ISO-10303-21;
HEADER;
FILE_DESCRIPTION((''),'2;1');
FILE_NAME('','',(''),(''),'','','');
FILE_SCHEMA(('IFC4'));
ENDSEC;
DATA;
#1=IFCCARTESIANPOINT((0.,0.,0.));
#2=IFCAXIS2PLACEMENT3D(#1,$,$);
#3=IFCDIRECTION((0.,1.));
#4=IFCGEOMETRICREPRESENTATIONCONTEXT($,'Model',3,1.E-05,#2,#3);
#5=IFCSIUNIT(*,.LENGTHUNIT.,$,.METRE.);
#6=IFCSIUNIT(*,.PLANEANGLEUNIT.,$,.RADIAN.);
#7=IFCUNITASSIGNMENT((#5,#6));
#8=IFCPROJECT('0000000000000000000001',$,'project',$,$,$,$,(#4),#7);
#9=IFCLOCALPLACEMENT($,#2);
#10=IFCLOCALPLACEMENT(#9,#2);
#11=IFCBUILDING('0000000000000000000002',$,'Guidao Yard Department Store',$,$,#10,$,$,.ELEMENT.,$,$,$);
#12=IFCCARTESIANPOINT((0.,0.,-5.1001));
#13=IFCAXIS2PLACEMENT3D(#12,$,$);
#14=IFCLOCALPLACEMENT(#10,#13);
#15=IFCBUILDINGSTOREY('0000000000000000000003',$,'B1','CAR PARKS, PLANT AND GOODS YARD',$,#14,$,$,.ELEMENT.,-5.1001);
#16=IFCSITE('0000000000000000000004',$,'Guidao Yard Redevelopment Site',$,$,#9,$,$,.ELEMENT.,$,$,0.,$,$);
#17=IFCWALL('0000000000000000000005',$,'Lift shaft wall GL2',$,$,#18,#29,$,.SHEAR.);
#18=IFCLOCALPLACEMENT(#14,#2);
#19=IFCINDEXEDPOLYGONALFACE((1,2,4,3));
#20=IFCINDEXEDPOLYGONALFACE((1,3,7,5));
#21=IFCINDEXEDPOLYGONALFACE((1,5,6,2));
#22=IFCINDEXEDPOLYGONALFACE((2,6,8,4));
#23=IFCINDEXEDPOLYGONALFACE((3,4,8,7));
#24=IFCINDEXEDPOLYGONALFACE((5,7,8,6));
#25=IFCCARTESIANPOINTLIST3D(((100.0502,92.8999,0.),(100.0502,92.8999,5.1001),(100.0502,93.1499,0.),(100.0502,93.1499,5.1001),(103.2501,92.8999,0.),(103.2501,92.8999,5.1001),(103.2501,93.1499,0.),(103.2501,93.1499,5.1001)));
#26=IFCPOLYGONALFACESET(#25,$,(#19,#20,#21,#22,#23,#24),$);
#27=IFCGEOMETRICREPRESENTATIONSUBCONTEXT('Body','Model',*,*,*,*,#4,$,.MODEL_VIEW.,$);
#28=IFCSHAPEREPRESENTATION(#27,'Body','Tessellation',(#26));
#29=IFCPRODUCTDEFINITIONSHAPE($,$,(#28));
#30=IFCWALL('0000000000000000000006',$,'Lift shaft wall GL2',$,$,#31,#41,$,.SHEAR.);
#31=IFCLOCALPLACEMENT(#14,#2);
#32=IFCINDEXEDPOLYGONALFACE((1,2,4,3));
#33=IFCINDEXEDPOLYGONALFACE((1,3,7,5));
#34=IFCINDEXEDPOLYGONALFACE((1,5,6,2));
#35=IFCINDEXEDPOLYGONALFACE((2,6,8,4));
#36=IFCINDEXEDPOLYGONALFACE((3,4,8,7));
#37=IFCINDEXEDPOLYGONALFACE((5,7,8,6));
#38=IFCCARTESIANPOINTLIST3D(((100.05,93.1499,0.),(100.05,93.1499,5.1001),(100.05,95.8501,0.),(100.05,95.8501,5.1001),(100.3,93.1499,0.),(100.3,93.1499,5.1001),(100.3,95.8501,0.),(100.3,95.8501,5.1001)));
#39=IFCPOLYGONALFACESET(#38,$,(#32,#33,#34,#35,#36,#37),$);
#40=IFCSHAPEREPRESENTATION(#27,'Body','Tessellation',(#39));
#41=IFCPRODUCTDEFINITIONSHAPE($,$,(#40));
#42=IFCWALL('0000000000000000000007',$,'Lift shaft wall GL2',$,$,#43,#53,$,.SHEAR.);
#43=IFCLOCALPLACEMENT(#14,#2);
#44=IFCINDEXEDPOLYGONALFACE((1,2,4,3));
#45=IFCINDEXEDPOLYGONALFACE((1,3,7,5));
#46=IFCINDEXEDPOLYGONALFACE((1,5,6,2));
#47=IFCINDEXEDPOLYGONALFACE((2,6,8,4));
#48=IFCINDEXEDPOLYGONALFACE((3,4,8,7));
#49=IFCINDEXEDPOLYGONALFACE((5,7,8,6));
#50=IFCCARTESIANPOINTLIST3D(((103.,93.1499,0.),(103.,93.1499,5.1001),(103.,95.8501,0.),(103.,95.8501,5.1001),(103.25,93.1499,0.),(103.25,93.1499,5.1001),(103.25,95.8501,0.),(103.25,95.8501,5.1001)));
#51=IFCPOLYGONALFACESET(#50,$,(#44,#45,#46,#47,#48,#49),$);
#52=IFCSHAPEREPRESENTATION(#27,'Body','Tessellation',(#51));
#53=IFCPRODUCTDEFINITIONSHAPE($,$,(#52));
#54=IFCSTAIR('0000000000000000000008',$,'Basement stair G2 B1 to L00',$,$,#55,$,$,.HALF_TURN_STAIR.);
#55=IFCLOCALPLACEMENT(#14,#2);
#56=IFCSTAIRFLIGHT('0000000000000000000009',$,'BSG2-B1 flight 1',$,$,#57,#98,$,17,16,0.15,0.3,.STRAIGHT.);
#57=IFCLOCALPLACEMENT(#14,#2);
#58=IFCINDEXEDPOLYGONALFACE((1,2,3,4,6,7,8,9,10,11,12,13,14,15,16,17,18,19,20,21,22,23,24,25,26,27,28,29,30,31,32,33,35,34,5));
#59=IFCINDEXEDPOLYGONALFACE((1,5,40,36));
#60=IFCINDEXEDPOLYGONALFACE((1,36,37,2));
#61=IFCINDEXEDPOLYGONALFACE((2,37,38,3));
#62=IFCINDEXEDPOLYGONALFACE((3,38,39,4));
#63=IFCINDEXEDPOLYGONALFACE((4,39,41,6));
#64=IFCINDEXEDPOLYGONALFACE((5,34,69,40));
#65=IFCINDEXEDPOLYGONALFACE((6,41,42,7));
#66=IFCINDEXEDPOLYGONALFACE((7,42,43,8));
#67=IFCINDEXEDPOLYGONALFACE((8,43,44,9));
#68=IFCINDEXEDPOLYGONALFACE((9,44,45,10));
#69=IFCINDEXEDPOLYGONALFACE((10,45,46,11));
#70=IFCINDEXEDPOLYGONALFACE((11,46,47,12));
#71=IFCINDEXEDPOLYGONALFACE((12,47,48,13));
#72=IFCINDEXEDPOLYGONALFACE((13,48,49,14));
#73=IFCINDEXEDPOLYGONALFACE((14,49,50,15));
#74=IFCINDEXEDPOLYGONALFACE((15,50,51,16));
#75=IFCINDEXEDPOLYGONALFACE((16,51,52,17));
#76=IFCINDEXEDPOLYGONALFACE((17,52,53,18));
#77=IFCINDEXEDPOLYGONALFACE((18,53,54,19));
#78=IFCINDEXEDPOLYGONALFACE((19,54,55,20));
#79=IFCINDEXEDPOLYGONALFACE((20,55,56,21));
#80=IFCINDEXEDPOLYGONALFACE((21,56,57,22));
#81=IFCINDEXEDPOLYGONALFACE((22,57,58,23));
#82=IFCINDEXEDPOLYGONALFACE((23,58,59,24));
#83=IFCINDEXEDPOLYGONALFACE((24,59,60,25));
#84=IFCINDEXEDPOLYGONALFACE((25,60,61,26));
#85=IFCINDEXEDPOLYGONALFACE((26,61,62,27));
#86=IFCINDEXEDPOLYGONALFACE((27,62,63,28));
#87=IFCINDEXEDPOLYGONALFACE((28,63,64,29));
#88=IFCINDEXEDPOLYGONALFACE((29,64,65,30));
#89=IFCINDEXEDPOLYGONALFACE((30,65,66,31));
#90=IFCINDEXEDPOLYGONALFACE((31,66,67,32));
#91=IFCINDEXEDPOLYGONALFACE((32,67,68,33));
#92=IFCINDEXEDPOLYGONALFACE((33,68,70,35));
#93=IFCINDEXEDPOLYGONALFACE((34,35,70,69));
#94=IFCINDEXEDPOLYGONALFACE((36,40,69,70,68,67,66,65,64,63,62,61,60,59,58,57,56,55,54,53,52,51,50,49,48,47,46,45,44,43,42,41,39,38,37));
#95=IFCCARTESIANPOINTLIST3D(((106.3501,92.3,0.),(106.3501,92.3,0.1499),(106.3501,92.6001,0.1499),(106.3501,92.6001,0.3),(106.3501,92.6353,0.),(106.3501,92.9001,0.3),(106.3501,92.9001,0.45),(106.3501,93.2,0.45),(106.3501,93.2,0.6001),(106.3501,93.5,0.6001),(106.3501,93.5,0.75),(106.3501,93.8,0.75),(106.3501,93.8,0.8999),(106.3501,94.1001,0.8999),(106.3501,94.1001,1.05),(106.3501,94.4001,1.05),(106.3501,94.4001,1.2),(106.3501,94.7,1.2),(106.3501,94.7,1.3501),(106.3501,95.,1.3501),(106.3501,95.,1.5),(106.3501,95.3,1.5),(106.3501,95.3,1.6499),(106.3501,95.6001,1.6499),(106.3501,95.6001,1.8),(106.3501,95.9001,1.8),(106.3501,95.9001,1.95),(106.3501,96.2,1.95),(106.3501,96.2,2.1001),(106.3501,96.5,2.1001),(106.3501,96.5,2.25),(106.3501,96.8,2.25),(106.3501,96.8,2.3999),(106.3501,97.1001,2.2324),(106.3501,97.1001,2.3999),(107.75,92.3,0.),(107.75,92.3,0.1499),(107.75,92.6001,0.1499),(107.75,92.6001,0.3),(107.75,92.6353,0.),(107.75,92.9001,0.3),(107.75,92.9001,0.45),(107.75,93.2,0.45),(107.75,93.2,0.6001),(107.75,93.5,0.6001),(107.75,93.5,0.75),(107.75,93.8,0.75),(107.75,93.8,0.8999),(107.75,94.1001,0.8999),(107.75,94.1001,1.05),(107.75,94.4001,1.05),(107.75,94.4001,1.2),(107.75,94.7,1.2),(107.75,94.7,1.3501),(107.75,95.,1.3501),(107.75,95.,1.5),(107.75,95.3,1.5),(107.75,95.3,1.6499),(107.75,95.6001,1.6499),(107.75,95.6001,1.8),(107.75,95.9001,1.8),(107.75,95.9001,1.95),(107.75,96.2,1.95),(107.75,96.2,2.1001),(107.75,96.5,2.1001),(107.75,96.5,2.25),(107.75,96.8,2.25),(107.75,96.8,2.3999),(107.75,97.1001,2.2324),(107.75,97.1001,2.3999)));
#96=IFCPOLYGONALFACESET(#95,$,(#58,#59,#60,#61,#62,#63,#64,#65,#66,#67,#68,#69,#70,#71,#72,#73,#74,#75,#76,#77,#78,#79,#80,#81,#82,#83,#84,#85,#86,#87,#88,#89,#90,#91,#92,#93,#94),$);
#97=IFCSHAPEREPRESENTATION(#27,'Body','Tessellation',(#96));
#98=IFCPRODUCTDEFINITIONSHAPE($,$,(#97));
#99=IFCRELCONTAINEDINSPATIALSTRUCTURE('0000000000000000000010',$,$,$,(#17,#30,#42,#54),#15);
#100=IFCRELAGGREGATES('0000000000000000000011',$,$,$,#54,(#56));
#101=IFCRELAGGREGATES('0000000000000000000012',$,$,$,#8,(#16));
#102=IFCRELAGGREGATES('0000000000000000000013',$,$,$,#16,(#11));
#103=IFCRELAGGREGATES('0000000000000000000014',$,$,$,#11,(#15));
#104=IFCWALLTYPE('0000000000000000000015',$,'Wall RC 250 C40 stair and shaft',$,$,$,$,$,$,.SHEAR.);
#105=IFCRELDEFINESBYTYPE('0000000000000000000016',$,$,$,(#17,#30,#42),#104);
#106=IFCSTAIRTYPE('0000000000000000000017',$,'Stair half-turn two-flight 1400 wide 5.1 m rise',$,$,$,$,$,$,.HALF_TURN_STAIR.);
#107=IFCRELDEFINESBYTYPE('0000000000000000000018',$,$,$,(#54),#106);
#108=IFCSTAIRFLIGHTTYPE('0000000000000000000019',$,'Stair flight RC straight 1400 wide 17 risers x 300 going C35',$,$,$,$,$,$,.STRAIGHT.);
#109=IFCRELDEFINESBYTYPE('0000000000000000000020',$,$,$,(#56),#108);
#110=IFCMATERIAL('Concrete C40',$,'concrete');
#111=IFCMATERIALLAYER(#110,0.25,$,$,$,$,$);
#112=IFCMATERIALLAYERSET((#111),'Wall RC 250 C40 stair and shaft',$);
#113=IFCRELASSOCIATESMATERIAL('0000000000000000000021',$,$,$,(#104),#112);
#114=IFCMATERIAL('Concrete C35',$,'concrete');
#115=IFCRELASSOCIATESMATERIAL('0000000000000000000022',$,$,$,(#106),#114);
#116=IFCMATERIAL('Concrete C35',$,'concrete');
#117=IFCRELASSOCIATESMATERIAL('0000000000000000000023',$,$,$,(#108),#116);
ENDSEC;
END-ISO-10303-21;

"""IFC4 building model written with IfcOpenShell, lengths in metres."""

from ifc_helpers import new_model, si_unit, direction, frame, frame_2d, origin, place, context, subcontext, project, spatial, polyline, rectangle, outline, extrude, material, layer, layer_set, type_object, element, aggregate, save


model = new_model("IFC4")

# Units and contexts
model_context = context("Model", 3, precision=1e-05, world=origin(), true_north=direction((0.0, 1.0)))
body_context = subcontext(model_context, "Body", "Model", "MODEL_VIEW")
ifc_project = project(units=[si_unit("LENGTHUNIT", "METRE"), si_unit("PLANEANGLEUNIT", "RADIAN")], contexts=[model_context])

# Site, building, storey
site_placement = place(None, origin())
site = spatial("IfcSite", under=ifc_project, at=site_placement, Name="Guidao Yard Redevelopment Site", CompositionType="ELEMENT", RefElevation=0.0)
building_placement = place(site_placement, origin())
building = spatial("IfcBuilding", under=site, at=building_placement, Name="Guidao Yard Department Store", CompositionType="ELEMENT")
storey_placement = place(building_placement, frame((0.0, 0.0, -5.1001)))
storey = spatial("IfcBuildingStorey", under=building, at=storey_placement, Name="B1", Description="CAR PARKS, PLANT AND GOODS YARD", CompositionType="ELEMENT", Elevation=-5.1001)

# Shared definitions
ifc_material_1 = material(Name="Concrete C40", Category="concrete")
ifc_layer_1 = layer(ifc_material_1, 0.25)
ifc_layer_set_1 = layer_set([ifc_layer_1], Name="Wall RC 250 C40 stair and shaft")
wall_type_1 = type_object("IfcWallType", Name="Wall RC 250 C40 stair and shaft", PredefinedType="SHEAR", material=ifc_layer_set_1)

# Walls
wall_1_placement = place(storey_placement, frame((100.05, 93.0249, 0.0), z_axis=(0.0, 0.0, 1.0), x_axis=(1.0, 0.0, 0.0)))
element("IfcWall", 1, at=wall_1_placement, inside=storey, type_object=wall_type_1, Name="Lift shaft wall GL2", PredefinedType="SHEAR", context=body_context, shape_type="SweptSolid", body=[
    extrude(rectangle(XDim=3.2, YDim=0.25, at=frame_2d((1.6001, 0.0))), origin(), (0.0, 0.0, 1.0), 5.1001),
])
for number, where, z_axis, x_axis, name in (
    (2, (100.175, 93.1499, 0.0), (0.0, 0.0, 1.0), (0.0, 1.0, 0.0), "Lift shaft wall GL2"),
    (3, (103.125, 93.1499, 0.0), (0.0, 0.0, 1.0), (0.0, 1.0, 0.0), "Lift shaft wall GL2"),
):
    element("IfcWall", number, at=place(storey_placement, frame(where, z_axis=z_axis, x_axis=x_axis)), inside=storey, type_object=wall_type_1, Name=name, PredefinedType="SHEAR", context=body_context, shape_type="SweptSolid", body=[
        extrude(rectangle(XDim=2.7002, YDim=0.25, at=frame_2d((1.3501, 0.0))), origin(), (0.0, 0.0, 1.0), 5.1001),
    ])

# Stair, stair flight
ifc_material_2 = material(Name="Concrete C35", Category="concrete")
stair_type = type_object("IfcStairType", Name="Stair half-turn two-flight 1400 wide 5.1 m rise", PredefinedType="HALF_TURN_STAIR", material=ifc_material_2)
stair_placement = place(storey_placement, origin())
stair = element("IfcStair", 4, at=stair_placement, inside=storey, type_object=stair_type, Name="Basement stair G2 B1 to L00", PredefinedType="HALF_TURN_STAIR")
ifc_material_3 = material(Name="Concrete C35", Category="concrete")
stair_flight_type = type_object("IfcStairFlightType", Name="Stair flight RC straight 1400 wide 17 risers x 300 going C35", PredefinedType="STRAIGHT", material=ifc_material_3)
stair_flight_placement = place(storey_placement, frame((107.05, 92.3, 0.0), z_axis=(0.0, 0.0, 1.0), x_axis=(0.0, 1.0, 0.0)))
stair_flight = element("IfcStairFlight", 5, at=stair_flight_placement, type_object=stair_flight_type, Name="BSG2-B1 flight 1", NumberOfRisers=17, NumberOfTreads=16, PredefinedType="STRAIGHT", RiserHeight=0.15, TreadLength=0.3, context=body_context, shape_type="SweptSolid", body=[
    extrude(outline(polyline([(0.0, 0.0), (0.0, 0.1499), (0.3, 0.1499), (0.3, 0.3), (0.6001, 0.3), (0.6001, 0.45), (0.8999, 0.45), (0.8999, 0.6001), (1.2, 0.6001), (1.2, 0.75), (1.5, 0.75), (1.5, 0.8999), (1.8, 0.8999), (1.8, 1.05), (2.1001, 1.05), (2.1001, 1.2), (2.3999, 1.2), (2.3999, 1.3501), (2.7, 1.3501), (2.7, 1.5), (3.0, 1.5), (3.0, 1.6499), (3.3, 1.6499), (3.3, 1.8), (3.6001, 1.8), (3.6001, 1.95), (3.8999, 1.95), (3.8999, 2.1001), (4.2, 2.1001), (4.2, 2.25), (4.5, 2.25), (4.5, 2.3999), (4.8, 2.3999), (4.8, 2.55), (4.8, 2.2324), (0.3352, 0.0), (0.0, 0.0)])), frame((0.0, 0.7, 0.0), z_axis=(0.0, -1.0, 0.0), x_axis=(1.0, 0.0, 0.0)), (0.0, 0.0, 1.0), 1.3999),
])
aggregate(stair, [stair_flight])

save(model, "model.ifc")
